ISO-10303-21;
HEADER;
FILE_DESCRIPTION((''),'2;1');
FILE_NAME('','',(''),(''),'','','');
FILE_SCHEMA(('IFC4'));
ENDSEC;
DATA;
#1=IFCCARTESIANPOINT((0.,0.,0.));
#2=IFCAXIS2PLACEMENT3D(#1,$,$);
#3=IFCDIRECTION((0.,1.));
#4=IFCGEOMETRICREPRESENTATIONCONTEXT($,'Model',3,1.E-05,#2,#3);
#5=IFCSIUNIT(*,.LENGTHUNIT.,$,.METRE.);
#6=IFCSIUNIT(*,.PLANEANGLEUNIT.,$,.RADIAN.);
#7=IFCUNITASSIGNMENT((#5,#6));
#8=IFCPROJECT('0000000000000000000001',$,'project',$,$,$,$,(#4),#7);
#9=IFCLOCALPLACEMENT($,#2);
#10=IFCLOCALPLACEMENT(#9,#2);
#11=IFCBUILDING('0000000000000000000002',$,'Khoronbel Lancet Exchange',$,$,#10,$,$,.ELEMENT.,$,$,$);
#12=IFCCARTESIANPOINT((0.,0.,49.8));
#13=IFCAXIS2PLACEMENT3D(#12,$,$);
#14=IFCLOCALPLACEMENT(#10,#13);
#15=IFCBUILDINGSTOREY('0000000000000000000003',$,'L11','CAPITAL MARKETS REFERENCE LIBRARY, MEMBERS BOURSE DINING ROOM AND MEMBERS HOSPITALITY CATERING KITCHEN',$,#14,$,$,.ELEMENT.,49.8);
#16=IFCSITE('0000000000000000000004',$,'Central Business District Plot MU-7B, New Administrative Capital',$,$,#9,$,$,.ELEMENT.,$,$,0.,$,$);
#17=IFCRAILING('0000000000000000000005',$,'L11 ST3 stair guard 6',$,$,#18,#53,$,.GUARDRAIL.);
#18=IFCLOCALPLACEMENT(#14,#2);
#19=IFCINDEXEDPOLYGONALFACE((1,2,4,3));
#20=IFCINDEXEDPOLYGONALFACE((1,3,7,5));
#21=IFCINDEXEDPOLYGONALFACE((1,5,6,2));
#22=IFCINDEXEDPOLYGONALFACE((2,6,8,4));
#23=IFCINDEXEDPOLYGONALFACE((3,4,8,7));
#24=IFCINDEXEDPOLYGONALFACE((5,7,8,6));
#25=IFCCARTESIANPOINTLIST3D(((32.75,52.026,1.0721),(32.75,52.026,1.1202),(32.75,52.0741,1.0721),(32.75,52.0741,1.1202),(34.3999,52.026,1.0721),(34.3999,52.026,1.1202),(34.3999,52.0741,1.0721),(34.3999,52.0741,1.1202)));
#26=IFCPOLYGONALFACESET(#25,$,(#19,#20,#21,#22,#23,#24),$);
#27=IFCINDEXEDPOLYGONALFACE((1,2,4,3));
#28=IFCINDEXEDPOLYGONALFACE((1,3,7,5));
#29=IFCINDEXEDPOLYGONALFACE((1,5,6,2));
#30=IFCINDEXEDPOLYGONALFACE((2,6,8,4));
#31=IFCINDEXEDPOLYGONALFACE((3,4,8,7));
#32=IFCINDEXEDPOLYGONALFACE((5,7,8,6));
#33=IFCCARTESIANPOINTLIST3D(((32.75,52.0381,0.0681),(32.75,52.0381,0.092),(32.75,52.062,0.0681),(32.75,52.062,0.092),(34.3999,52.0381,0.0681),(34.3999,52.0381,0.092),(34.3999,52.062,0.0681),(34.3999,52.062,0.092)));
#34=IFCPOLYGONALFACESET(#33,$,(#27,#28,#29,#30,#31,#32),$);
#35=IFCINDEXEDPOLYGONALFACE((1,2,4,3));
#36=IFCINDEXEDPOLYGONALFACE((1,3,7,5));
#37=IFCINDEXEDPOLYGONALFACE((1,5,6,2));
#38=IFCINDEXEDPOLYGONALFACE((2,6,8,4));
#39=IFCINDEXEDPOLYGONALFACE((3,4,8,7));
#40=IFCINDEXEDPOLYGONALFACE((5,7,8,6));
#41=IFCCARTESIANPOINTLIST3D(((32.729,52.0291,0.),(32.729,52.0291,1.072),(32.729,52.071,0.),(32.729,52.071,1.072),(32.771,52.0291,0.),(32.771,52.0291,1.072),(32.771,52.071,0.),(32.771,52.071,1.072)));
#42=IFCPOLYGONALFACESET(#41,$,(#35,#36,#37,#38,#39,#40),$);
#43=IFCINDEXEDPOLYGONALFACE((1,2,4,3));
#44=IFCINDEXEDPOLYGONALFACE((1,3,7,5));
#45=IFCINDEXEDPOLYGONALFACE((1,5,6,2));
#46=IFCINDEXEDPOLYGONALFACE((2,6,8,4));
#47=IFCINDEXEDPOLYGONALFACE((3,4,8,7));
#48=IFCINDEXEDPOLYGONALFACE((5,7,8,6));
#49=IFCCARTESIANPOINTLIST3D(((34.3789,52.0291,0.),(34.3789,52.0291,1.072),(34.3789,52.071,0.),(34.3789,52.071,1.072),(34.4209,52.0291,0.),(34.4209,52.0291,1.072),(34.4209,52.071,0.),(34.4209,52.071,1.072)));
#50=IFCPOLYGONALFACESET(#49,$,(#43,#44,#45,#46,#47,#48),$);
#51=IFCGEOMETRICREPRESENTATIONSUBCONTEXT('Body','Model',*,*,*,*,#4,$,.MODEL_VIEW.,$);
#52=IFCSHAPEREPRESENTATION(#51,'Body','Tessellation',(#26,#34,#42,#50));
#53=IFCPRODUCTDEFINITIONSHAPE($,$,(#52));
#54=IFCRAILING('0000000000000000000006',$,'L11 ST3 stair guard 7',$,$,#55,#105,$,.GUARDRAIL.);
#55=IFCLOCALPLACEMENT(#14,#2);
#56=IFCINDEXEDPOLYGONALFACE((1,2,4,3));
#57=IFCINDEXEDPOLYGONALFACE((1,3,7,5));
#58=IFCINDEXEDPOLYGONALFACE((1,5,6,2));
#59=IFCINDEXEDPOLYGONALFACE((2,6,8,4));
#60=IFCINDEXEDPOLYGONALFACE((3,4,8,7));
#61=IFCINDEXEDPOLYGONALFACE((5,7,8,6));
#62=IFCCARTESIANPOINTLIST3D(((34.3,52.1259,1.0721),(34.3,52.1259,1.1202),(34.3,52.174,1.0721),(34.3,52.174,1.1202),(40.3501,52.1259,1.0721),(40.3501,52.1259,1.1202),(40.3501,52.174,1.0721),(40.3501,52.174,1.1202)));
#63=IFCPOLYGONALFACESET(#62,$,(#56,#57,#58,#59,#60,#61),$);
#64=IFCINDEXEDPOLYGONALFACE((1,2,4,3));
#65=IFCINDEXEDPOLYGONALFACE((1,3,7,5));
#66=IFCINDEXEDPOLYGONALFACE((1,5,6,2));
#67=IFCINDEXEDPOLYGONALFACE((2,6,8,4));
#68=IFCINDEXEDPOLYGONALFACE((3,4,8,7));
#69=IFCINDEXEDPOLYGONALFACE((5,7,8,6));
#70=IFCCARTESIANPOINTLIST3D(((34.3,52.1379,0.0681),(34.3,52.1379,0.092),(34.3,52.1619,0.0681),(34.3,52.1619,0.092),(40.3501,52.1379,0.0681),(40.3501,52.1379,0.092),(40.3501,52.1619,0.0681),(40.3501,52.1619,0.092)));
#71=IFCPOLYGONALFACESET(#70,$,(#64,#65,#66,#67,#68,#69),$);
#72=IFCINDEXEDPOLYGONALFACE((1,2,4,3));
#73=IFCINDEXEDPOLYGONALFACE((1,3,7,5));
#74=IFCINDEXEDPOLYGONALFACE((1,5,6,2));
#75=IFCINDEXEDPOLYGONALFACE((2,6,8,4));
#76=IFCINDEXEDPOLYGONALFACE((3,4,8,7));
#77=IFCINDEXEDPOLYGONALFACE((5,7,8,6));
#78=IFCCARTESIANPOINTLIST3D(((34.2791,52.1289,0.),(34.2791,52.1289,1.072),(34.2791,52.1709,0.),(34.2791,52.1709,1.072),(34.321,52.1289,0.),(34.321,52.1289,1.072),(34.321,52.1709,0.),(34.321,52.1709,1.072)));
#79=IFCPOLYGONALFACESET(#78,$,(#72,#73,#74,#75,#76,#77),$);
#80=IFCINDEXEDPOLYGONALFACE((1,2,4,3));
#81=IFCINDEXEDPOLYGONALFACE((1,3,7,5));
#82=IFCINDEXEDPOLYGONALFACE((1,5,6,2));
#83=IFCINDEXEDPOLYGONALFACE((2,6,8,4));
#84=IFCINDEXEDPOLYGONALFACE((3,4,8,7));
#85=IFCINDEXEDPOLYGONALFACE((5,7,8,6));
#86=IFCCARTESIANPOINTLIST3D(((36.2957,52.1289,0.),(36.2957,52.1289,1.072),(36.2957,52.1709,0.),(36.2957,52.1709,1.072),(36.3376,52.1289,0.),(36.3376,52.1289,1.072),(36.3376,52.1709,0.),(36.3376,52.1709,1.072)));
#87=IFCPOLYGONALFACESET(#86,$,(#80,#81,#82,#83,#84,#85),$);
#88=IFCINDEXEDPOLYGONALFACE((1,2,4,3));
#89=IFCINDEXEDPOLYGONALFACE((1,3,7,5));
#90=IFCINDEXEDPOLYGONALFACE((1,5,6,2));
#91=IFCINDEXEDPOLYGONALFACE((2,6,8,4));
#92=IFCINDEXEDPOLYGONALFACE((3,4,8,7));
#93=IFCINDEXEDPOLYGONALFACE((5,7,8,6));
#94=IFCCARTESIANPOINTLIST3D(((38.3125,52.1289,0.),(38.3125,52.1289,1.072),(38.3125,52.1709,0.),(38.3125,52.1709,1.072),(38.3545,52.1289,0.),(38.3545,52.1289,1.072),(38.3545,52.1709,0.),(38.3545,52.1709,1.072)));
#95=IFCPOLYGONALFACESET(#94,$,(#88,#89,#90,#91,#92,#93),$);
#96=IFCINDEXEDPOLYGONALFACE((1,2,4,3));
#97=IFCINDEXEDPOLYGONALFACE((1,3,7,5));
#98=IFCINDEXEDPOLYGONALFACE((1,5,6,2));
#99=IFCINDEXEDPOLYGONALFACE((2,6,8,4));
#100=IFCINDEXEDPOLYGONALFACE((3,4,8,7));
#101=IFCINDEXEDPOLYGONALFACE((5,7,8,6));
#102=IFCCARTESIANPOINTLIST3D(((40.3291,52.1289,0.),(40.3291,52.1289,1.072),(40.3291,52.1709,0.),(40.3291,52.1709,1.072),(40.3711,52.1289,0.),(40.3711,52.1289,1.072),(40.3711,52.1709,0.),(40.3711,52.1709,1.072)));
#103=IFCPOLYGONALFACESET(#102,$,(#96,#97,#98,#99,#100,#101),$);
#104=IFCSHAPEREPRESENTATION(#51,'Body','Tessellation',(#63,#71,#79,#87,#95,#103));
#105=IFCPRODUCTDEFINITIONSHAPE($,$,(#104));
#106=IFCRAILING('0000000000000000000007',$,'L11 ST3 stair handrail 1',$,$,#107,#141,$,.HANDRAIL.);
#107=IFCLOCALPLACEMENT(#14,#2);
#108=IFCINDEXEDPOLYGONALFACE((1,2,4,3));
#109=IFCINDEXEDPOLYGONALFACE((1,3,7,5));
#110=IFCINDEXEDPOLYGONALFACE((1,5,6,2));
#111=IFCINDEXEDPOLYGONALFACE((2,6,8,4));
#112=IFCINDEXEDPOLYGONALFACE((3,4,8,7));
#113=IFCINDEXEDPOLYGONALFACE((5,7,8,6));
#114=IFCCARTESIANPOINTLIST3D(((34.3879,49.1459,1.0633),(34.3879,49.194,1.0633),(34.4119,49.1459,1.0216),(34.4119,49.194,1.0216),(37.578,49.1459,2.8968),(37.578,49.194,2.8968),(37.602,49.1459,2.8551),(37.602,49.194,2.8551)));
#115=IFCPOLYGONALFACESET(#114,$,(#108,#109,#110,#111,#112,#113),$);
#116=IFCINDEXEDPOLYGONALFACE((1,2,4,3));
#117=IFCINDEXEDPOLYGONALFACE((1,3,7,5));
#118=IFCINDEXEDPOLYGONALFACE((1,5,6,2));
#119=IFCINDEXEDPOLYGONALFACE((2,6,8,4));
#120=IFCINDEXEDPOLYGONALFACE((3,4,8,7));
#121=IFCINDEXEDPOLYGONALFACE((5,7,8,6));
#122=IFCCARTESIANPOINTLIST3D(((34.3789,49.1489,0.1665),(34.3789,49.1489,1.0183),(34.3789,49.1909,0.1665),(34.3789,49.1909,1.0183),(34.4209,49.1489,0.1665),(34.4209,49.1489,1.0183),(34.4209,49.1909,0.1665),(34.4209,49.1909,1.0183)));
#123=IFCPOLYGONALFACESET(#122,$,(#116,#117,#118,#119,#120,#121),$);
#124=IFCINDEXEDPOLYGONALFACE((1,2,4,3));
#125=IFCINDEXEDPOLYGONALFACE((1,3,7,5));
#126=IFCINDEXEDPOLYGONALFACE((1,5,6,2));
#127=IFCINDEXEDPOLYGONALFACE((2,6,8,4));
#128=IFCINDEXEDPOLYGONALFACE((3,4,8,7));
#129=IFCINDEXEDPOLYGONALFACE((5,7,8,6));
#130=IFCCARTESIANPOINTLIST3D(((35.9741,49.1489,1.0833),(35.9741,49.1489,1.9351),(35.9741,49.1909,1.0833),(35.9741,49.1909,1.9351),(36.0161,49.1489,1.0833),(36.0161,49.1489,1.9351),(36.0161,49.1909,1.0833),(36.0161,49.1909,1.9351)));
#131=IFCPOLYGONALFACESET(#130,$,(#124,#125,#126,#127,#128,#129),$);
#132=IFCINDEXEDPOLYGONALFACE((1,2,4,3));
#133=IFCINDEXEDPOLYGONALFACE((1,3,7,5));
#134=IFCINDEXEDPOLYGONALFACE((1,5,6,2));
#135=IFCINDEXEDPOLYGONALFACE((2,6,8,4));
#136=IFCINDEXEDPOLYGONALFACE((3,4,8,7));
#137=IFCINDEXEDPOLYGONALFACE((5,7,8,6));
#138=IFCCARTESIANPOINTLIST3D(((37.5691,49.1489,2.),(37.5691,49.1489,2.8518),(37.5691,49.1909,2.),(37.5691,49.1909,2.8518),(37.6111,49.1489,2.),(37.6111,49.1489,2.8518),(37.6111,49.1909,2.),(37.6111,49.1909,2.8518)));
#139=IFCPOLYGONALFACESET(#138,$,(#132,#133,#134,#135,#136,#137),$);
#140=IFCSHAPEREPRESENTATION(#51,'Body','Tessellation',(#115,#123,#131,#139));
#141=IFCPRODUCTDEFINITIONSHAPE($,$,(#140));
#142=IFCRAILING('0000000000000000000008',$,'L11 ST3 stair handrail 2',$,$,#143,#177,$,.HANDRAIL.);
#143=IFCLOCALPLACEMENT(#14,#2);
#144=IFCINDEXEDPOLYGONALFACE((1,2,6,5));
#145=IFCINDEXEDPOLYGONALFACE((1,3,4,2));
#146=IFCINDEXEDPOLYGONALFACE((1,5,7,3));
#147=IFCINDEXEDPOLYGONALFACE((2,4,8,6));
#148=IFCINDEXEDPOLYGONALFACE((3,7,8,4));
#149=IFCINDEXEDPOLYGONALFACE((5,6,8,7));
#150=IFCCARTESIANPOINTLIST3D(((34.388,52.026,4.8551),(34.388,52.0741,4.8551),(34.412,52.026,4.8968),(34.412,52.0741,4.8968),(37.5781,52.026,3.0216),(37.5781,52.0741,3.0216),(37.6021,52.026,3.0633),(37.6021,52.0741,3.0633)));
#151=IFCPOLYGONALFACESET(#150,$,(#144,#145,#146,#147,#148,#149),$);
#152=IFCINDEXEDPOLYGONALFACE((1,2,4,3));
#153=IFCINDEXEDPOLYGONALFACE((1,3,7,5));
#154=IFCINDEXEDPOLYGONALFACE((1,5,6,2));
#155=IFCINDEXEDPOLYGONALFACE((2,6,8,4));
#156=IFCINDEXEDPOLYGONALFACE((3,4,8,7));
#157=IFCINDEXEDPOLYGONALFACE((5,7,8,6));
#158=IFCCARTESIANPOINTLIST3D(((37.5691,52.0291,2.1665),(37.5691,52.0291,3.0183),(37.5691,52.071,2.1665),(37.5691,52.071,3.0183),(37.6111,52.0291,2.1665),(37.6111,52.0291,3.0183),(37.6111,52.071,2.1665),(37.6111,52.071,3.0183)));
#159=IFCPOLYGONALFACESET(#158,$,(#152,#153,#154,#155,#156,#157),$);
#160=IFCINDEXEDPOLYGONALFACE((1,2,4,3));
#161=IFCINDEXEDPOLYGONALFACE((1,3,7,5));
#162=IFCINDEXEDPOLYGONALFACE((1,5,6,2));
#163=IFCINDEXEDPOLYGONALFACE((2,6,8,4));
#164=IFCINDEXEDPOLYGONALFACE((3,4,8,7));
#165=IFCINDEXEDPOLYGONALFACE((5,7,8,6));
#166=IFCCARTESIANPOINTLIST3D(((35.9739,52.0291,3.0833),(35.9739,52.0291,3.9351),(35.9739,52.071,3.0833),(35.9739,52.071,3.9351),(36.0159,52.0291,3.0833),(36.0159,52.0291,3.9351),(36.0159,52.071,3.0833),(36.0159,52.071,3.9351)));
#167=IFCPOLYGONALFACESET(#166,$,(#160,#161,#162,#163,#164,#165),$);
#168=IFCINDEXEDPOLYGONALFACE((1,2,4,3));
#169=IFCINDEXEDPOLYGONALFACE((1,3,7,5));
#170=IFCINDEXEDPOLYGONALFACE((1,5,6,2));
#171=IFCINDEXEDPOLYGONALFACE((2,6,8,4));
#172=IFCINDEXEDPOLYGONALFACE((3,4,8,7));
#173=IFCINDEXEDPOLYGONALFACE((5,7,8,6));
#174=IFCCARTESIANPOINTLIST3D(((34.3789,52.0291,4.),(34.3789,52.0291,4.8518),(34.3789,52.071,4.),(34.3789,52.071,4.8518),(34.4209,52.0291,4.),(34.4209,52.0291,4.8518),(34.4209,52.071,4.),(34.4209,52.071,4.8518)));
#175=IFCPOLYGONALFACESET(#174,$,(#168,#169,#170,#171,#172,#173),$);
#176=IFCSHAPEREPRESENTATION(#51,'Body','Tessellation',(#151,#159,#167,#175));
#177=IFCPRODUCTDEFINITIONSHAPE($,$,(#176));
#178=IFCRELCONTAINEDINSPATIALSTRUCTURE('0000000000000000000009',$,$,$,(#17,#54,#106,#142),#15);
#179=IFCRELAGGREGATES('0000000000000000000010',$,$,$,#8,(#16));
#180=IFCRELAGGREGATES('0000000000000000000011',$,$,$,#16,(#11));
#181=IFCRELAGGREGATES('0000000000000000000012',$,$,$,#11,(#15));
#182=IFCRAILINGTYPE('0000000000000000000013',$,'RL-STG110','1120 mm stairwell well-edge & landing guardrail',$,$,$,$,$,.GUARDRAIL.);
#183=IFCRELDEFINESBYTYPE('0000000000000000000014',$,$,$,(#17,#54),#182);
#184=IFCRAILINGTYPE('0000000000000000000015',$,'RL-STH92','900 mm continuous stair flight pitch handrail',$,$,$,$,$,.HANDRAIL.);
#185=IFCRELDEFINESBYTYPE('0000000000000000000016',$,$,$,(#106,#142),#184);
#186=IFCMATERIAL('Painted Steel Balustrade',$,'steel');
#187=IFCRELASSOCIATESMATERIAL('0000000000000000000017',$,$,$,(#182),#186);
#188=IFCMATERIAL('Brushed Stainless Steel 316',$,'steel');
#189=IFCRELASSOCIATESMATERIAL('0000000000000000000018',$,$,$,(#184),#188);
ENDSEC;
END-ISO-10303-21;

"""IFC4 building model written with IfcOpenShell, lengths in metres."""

from ifc_helpers import new_model, si_unit, direction, frame, origin, origin_2d, place, context, subcontext, project, spatial, rectangle, extrude, material, type_object, element, save


model = new_model("IFC4")

# Units and contexts
model_context = context("Model", 3, precision=1e-05, world=origin(), true_north=direction((0.0, 1.0)))
body_context = subcontext(model_context, "Body", "Model", "MODEL_VIEW")
ifc_project = project(units=[si_unit("LENGTHUNIT", "METRE"), si_unit("PLANEANGLEUNIT", "RADIAN")], contexts=[model_context])

# Site, building, storey
site_placement = place(None, origin())
site = spatial("IfcSite", under=ifc_project, at=site_placement, Name="Central Business District Plot MU-7B, New Administrative Capital", CompositionType="ELEMENT", RefElevation=0.0)
building_placement = place(site_placement, origin())
building = spatial("IfcBuilding", under=site, at=building_placement, Name="Khoronbel Lancet Exchange", CompositionType="ELEMENT")
storey_placement = place(building_placement, frame((0.0, 0.0, 49.8)))
storey = spatial("IfcBuildingStorey", under=building, at=storey_placement, Name="L11", Description="CAPITAL MARKETS REFERENCE LIBRARY, MEMBERS BOURSE DINING ROOM AND MEMBERS HOSPITALITY CATERING KITCHEN", CompositionType="ELEMENT", Elevation=49.8)

# Railings
ifc_material_1 = material(Name="Painted Steel Balustrade", Category="steel")
railing_type_1 = type_object("IfcRailingType", Name="RL-STG110", Description="1120 mm stairwell well-edge & landing guardrail", PredefinedType="GUARDRAIL", material=ifc_material_1)
railing_1_placement = place(storey_placement, frame((32.75, 52.05, 0.0)))
element("IfcRailing", 1, at=railing_1_placement, inside=storey, type_object=railing_type_1, Name="L11 ST3 stair guard 6", PredefinedType="GUARDRAIL", context=body_context, shape_type="SweptSolid", body=[
    extrude(rectangle(XDim=0.0481, YDim=0.0481, at=origin_2d()), frame((0.0, 0.0, 1.0962), z_axis=(1.0, 0.0, 0.0), x_axis=(0.0, 1.0, 0.0)), (0.0, 0.0, 1.0), 1.6499),
    extrude(rectangle(XDim=0.0239, YDim=0.0239, at=origin_2d()), frame((0.0, 0.0, 0.0801), z_axis=(1.0, 0.0, 0.0), x_axis=(0.0, 1.0, 0.0)), (0.0, 0.0, 1.0), 1.6499),
    extrude(rectangle(XDim=0.042, YDim=0.042, at=origin_2d()), origin(), (0.0, 0.0, 1.0), 1.072),
    extrude(rectangle(XDim=0.042, YDim=0.042, at=origin_2d()), frame((1.6499, 0.0, 0.0)), (0.0, 0.0, 1.0), 1.072),
])
railing_2_placement = place(storey_placement, frame((34.3, 52.1499, 0.0)))
element("IfcRailing", 2, at=railing_2_placement, inside=storey, type_object=railing_type_1, Name="L11 ST3 stair guard 7", PredefinedType="GUARDRAIL", context=body_context, shape_type="SweptSolid", body=[
    extrude(rectangle(XDim=0.0481, YDim=0.0481, at=origin_2d()), frame((0.0, 0.0, 1.0962), z_axis=(1.0, 0.0, 0.0), x_axis=(0.0, 1.0, 0.0)), (0.0, 0.0, 1.0), 6.05),
    extrude(rectangle(XDim=0.0239, YDim=0.0239, at=origin_2d()), frame((0.0, 0.0, 0.0801), z_axis=(1.0, 0.0, 0.0), x_axis=(0.0, 1.0, 0.0)), (0.0, 0.0, 1.0), 6.05),
    extrude(rectangle(XDim=0.042, YDim=0.042, at=origin_2d()), origin(), (0.0, 0.0, 1.0), 1.072),
    extrude(rectangle(XDim=0.042, YDim=0.042, at=origin_2d()), frame((2.0166, 0.0, 0.0)), (0.0, 0.0, 1.0), 1.072),
    extrude(rectangle(XDim=0.042, YDim=0.042, at=origin_2d()), frame((4.0334, 0.0, 0.0)), (0.0, 0.0, 1.0), 1.072),
    extrude(rectangle(XDim=0.042, YDim=0.042, at=origin_2d()), frame((6.05, 0.0, 0.0)), (0.0, 0.0, 1.0), 1.072),
])
ifc_material_2 = material(Name="Brushed Stainless Steel 316", Category="steel")
railing_type_2 = type_object("IfcRailingType", Name="RL-STH92", Description="900 mm continuous stair flight pitch handrail", PredefinedType="HANDRAIL", material=ifc_material_2)
railing_3_placement = place(storey_placement, frame((34.3999, 49.1699, 0.1665)))
element("IfcRailing", 3, at=railing_3_placement, inside=storey, type_object=railing_type_2, Name="L11 ST3 stair handrail 1", PredefinedType="HANDRAIL", context=body_context, shape_type="SweptSolid", body=[
    extrude(rectangle(XDim=0.0481, YDim=0.0481, at=origin_2d()), frame((0.0, 0.0, 0.876), z_axis=(0.867007, 0.0, 0.498295), x_axis=(0.0, 1.0, 0.0)), (0.0, 0.0, 1.0), 3.6794),
    extrude(rectangle(XDim=0.042, YDim=0.042, at=origin_2d()), origin(), (0.0, 0.0, 1.0), 0.8518),
    extrude(rectangle(XDim=0.042, YDim=0.042, at=origin_2d()), frame((1.5952, 0.0, 0.9167)), (0.0, 0.0, 1.0), 0.8518),
    extrude(rectangle(XDim=0.042, YDim=0.042, at=origin_2d()), frame((3.1902, 0.0, 1.8335)), (0.0, 0.0, 1.0), 0.8518),
])
railing_4_placement = place(storey_placement, frame((37.5901, 52.05, 2.1665)))
element("IfcRailing", 4, at=railing_4_placement, inside=storey, type_object=railing_type_2, Name="L11 ST3 stair handrail 2", PredefinedType="HANDRAIL", context=body_context, shape_type="SweptSolid", body=[
    extrude(rectangle(XDim=0.0481, YDim=0.0481, at=origin_2d()), frame((0.0, 0.0, 0.876), z_axis=(-0.867007, 0.0, 0.498295), x_axis=(0.0, -1.0, 0.0)), (0.0, 0.0, 1.0), 3.6794),
    extrude(rectangle(XDim=0.042, YDim=0.042, at=origin_2d()), origin(), (0.0, 0.0, 1.0), 0.8518),
    extrude(rectangle(XDim=0.042, YDim=0.042, at=origin_2d()), frame((-1.5952, 0.0, 0.9167)), (0.0, 0.0, 1.0), 0.8518),
    extrude(rectangle(XDim=0.042, YDim=0.042, at=origin_2d()), frame((-3.1902, 0.0, 1.8335)), (0.0, 0.0, 1.0), 0.8518),
])

save(model, "model.ifc")
